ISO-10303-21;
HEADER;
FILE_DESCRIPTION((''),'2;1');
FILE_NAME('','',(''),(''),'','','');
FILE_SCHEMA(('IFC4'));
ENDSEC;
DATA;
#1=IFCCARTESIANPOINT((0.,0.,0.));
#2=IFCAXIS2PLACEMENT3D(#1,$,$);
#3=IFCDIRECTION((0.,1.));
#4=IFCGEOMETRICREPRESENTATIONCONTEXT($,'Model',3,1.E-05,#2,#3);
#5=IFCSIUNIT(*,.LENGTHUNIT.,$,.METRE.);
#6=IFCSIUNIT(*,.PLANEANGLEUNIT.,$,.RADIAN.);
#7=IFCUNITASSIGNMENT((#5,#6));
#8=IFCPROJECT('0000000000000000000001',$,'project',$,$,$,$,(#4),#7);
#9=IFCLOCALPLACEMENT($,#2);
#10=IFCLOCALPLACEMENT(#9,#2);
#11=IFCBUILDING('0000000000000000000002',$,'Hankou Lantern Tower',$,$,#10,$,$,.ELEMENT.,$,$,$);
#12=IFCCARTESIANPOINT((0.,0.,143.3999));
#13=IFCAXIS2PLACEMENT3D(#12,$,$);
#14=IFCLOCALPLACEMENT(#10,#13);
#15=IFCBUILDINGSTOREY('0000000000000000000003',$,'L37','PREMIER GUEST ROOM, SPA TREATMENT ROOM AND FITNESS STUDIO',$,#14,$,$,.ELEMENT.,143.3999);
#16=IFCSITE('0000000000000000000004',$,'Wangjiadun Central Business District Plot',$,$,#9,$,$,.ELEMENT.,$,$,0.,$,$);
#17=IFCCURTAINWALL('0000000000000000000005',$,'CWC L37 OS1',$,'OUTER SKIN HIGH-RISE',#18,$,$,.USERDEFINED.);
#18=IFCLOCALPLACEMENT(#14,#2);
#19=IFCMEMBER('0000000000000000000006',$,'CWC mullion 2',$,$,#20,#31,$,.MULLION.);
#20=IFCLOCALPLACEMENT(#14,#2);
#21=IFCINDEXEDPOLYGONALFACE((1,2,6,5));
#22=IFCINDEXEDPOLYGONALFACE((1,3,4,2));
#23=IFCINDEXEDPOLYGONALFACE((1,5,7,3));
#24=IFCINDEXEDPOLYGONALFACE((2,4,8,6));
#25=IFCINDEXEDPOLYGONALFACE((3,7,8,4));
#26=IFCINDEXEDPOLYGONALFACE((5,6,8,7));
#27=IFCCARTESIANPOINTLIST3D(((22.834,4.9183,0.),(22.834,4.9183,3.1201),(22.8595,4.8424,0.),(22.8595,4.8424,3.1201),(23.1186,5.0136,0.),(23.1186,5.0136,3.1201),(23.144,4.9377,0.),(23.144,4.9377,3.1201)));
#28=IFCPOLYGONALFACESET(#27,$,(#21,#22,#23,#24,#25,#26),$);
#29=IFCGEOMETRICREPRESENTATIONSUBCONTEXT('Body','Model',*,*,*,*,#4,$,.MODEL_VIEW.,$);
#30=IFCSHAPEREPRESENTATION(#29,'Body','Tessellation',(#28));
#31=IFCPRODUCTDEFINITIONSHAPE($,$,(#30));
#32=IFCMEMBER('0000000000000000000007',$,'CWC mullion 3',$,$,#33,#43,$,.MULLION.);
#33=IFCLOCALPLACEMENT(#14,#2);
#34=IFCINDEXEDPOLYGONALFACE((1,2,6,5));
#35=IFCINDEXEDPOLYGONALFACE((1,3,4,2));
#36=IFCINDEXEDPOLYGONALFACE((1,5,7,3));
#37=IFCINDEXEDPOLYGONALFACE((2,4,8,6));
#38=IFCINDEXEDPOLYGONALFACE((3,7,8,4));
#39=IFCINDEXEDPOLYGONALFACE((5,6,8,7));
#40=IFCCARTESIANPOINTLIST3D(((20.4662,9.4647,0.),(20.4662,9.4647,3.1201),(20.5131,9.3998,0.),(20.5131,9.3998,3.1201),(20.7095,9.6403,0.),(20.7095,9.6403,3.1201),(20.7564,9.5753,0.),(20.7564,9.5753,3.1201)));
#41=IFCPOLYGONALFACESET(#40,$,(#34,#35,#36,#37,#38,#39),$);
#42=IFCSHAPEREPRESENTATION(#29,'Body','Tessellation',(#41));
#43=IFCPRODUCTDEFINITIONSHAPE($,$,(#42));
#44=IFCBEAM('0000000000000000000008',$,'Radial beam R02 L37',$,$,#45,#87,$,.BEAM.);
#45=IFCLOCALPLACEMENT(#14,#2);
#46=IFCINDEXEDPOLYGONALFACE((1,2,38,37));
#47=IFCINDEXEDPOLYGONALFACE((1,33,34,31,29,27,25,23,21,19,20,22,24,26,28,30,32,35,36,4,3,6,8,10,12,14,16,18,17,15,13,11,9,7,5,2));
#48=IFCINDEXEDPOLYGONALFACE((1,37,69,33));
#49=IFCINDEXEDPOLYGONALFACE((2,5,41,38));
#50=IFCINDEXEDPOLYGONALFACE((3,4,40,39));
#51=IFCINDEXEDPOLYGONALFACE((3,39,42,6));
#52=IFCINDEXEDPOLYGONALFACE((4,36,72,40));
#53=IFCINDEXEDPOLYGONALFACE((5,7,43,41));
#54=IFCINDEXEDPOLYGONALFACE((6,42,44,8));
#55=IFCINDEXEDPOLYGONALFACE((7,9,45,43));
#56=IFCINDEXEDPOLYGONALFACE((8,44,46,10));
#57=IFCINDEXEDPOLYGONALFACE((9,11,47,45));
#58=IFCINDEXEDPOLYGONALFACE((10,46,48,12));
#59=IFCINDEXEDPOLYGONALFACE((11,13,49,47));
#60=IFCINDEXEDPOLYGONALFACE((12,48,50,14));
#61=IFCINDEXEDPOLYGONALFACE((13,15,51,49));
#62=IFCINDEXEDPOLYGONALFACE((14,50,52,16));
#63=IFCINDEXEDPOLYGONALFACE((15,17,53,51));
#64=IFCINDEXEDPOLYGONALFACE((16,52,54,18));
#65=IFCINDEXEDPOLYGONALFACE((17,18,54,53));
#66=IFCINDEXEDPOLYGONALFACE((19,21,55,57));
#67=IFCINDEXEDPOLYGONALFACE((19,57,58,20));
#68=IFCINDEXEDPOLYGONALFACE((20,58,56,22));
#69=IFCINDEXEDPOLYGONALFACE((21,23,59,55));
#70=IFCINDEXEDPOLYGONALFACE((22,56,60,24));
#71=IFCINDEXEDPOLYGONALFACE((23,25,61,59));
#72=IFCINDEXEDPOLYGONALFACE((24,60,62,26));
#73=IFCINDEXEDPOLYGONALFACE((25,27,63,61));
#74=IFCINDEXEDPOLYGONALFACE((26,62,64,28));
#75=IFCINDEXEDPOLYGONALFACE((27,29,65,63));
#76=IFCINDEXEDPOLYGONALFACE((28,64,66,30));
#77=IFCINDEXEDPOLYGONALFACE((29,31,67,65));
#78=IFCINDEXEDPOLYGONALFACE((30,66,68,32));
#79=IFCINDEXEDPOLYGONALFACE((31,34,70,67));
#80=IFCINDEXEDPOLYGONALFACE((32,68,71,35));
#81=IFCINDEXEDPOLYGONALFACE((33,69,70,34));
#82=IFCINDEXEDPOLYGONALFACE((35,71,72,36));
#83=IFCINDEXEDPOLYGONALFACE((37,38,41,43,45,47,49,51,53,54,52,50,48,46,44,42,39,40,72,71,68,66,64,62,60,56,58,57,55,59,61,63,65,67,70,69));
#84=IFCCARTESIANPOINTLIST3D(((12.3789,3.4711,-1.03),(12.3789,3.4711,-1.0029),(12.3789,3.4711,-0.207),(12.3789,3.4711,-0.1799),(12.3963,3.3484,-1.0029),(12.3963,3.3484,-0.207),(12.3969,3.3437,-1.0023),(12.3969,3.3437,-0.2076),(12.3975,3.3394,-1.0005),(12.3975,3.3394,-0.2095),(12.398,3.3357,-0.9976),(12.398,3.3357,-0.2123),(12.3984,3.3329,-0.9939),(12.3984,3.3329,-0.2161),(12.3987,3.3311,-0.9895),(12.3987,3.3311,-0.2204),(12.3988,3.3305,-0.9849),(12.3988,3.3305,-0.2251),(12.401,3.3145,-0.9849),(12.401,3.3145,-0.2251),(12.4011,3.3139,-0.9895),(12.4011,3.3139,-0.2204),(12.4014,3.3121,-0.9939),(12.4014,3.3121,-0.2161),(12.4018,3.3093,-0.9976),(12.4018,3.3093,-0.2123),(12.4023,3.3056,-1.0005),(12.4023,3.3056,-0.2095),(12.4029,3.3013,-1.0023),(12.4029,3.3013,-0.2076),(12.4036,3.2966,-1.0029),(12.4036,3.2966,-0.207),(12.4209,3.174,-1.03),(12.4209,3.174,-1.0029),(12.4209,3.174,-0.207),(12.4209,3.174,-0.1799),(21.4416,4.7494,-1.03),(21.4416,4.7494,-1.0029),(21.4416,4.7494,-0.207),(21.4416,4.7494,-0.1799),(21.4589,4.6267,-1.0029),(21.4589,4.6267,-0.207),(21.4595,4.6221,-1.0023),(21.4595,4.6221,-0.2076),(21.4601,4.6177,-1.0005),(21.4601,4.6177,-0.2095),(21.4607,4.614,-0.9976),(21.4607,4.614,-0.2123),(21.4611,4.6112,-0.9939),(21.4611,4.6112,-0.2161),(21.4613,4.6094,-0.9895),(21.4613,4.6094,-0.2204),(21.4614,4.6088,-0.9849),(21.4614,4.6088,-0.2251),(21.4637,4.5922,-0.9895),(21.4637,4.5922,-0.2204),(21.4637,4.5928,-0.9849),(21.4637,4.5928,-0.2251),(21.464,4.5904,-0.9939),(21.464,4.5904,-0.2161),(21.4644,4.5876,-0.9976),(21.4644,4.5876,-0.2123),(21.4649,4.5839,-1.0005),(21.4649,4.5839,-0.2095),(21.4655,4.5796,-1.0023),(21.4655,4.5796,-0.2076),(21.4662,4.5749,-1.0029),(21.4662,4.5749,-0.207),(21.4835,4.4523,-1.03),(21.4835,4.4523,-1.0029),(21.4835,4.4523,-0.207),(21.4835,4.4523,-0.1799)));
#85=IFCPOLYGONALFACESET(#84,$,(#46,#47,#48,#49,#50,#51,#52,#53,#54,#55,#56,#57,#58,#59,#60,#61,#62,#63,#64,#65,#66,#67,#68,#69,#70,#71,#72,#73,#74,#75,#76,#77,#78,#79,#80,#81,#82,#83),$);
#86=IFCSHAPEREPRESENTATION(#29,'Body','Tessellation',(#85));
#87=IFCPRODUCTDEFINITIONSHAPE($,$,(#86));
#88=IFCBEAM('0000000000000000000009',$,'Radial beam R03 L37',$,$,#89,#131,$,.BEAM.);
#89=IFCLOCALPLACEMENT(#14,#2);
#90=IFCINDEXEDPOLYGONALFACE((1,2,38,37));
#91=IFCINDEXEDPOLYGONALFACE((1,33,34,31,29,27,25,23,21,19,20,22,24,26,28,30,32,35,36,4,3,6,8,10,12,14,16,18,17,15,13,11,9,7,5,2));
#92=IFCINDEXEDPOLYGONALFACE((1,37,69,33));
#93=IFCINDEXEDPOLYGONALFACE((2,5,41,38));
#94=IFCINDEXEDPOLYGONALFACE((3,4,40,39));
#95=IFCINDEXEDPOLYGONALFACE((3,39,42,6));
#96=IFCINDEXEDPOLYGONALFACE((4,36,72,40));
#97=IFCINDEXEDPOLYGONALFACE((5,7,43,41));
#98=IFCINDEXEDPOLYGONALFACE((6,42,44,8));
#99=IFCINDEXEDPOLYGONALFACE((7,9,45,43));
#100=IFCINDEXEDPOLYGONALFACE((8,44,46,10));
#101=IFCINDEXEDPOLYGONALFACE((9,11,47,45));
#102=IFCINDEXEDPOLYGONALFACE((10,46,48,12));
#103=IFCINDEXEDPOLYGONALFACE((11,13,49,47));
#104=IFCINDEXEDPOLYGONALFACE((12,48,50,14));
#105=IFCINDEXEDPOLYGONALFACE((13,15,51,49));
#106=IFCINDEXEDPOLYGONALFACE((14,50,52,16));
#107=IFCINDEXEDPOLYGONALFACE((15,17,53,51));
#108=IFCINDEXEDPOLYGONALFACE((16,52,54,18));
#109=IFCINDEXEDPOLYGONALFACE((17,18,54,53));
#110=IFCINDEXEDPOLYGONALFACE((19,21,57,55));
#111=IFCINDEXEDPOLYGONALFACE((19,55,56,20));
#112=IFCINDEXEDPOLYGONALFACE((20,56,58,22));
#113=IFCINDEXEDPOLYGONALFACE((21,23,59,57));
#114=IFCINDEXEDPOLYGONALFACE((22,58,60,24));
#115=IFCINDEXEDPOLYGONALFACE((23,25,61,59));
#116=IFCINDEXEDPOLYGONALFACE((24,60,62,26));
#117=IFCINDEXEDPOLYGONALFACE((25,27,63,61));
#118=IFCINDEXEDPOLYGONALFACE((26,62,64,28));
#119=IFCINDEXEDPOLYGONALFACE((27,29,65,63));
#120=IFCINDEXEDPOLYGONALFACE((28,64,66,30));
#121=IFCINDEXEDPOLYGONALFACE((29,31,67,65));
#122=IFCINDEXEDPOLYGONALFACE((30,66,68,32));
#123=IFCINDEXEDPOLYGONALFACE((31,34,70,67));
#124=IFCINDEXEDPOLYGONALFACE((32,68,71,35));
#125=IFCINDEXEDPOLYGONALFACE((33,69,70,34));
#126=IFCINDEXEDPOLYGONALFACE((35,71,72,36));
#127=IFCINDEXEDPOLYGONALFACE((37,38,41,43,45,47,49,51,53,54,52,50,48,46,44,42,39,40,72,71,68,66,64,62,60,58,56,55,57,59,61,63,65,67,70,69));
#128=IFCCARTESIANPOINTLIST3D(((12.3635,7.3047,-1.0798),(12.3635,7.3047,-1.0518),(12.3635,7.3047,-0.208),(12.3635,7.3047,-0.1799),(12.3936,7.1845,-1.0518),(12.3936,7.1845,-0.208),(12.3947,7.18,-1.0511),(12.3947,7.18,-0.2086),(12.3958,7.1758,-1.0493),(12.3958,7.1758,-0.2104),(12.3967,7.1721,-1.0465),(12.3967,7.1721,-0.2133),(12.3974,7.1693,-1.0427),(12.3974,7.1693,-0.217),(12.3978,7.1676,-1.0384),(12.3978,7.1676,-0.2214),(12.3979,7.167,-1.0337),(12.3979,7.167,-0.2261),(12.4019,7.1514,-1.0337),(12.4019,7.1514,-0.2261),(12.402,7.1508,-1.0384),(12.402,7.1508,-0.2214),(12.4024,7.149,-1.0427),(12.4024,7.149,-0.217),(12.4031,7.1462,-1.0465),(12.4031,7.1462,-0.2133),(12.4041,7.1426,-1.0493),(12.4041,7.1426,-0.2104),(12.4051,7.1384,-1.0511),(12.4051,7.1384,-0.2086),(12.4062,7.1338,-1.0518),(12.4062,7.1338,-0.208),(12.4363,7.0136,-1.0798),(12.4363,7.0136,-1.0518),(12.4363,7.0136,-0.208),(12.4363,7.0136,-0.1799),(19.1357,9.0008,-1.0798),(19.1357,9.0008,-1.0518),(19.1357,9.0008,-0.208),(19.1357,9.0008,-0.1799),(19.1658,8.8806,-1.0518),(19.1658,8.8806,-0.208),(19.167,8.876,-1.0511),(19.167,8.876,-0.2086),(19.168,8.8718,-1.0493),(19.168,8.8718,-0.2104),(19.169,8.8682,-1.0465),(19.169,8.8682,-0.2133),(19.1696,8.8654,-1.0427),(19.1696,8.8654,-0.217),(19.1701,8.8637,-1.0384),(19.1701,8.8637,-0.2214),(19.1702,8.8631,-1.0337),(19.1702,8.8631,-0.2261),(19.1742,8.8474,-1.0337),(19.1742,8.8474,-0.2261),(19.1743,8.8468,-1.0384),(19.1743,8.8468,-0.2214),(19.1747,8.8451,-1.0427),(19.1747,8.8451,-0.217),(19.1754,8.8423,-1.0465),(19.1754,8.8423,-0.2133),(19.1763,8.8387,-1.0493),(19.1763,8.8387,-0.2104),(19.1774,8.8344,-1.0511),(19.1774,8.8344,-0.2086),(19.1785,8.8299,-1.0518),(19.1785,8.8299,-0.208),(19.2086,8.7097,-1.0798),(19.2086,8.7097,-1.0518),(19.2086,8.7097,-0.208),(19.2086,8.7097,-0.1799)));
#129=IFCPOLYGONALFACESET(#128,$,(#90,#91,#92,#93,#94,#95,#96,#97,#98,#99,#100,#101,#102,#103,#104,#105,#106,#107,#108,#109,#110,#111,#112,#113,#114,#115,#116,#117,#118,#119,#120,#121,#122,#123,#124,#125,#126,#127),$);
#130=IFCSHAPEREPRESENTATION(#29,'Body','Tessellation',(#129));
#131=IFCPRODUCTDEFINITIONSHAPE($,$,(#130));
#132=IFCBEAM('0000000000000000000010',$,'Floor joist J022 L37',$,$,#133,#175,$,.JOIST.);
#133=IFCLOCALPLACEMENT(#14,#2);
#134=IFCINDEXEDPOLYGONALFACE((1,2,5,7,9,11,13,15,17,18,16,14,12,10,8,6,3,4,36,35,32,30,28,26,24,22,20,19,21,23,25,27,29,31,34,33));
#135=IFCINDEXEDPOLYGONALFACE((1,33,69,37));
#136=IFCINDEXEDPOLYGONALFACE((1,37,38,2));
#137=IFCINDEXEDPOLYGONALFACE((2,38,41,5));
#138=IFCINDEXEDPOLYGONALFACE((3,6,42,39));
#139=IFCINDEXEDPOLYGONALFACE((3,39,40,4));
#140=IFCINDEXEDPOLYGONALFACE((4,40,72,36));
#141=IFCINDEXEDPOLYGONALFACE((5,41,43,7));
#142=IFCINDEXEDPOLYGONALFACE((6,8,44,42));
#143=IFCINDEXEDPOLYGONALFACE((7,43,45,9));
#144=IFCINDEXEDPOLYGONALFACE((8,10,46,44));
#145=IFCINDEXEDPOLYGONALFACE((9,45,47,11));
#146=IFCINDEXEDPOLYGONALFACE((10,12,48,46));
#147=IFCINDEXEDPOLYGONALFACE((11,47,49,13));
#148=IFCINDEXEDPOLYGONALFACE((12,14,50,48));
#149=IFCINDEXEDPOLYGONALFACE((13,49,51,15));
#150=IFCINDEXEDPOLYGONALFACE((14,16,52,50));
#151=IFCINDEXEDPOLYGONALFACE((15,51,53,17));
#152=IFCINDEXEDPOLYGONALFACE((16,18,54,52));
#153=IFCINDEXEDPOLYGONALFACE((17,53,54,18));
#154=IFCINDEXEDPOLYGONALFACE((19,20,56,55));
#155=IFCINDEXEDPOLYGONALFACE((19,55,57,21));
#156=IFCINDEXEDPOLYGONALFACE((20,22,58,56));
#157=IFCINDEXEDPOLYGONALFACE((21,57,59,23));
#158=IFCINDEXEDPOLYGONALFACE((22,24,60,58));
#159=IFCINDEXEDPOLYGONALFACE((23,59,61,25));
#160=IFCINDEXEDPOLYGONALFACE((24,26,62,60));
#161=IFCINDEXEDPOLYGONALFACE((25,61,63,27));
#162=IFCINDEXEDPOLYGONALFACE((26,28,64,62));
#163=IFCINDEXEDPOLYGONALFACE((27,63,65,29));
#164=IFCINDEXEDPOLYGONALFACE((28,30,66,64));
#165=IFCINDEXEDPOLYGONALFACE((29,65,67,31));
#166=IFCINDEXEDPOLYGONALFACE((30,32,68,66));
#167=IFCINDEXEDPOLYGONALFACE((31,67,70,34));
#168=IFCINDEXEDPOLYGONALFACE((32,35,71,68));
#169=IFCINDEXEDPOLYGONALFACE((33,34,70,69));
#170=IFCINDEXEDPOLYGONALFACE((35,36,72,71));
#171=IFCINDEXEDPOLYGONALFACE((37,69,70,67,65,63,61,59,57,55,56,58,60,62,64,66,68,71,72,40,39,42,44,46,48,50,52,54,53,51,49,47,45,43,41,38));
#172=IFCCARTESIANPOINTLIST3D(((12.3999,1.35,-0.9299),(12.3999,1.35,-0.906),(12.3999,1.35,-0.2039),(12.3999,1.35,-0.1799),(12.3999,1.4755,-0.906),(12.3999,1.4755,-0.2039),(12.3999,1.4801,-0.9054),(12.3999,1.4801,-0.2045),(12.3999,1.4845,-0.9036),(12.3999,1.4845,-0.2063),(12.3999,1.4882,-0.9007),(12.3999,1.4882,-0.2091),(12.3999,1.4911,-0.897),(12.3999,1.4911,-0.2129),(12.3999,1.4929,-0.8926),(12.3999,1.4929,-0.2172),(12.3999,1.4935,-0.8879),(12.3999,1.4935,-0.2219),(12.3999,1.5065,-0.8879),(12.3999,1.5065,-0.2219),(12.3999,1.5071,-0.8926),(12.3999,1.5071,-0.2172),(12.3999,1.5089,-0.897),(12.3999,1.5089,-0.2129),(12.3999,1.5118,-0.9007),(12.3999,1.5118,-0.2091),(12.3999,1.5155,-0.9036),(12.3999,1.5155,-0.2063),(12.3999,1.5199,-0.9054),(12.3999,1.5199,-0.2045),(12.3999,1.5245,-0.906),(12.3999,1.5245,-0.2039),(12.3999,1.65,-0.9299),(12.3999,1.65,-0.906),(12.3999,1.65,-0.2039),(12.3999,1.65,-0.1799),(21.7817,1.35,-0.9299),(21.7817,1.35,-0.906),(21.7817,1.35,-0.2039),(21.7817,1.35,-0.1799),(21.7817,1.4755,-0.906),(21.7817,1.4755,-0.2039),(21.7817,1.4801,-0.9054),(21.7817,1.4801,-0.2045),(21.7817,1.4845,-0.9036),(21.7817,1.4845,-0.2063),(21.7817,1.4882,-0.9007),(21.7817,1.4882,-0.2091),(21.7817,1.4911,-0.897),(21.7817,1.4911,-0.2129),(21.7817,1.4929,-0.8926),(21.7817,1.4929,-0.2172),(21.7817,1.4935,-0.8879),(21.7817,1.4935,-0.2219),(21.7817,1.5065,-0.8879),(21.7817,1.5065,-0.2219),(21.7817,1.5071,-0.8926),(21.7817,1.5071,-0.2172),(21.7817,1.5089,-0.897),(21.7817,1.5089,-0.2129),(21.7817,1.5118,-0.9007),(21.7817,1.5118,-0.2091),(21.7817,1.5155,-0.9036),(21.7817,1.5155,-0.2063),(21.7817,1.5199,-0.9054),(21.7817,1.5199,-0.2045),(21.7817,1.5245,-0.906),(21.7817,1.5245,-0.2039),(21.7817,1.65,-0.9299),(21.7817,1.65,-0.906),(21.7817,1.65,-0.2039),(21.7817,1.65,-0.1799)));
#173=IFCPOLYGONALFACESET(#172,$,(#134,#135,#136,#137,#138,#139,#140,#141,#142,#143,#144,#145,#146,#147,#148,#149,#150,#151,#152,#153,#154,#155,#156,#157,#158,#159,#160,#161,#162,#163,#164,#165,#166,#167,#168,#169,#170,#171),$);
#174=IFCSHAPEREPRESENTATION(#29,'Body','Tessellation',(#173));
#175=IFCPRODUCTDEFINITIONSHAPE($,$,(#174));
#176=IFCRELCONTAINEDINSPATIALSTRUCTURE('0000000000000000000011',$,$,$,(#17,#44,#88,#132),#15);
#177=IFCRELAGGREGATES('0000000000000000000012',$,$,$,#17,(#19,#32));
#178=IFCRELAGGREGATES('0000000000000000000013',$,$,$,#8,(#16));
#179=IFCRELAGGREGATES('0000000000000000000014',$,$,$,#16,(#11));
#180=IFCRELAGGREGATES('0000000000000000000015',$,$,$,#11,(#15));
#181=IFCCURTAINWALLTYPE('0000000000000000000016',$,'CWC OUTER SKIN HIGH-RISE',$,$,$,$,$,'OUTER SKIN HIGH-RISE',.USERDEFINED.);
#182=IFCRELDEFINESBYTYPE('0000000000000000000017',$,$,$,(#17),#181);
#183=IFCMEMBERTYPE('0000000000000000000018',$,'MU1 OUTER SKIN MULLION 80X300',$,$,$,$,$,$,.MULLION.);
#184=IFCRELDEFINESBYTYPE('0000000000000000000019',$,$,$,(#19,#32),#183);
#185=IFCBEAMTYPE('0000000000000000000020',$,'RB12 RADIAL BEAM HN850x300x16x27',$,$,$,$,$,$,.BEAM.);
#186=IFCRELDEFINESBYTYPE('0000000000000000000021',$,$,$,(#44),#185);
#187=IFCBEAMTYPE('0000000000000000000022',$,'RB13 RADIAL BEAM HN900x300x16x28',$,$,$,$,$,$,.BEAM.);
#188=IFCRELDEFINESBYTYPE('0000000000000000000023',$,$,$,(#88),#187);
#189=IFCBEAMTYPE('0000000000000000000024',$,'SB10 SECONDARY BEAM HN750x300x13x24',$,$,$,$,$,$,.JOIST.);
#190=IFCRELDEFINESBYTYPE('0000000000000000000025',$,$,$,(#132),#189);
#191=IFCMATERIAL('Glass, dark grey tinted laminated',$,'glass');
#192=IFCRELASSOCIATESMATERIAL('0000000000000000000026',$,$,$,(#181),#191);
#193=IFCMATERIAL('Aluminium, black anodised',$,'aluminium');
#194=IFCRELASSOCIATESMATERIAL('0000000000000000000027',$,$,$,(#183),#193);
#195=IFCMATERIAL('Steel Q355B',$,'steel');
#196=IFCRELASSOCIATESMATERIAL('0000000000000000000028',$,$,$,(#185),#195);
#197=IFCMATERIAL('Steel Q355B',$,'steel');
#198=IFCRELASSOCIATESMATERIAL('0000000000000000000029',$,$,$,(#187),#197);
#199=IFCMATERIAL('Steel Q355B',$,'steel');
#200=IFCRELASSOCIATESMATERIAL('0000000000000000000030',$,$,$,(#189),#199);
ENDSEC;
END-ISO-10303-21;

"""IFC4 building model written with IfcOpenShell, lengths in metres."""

from ifc_helpers import new_model, si_unit, direction, frame, origin, origin_2d, place, context, subcontext, project, spatial, rectangle, i_section, extrude, material, material_profile, profile_set, type_object, element, aggregate, save


model = new_model("IFC4")

# Units and contexts
model_context = context("Model", 3, precision=1e-05, world=origin(), true_north=direction((0.0, 1.0)))
body_context = subcontext(model_context, "Body", "Model", "MODEL_VIEW")
ifc_project = project(units=[si_unit("LENGTHUNIT", "METRE"), si_unit("PLANEANGLEUNIT", "RADIAN")], contexts=[model_context])

# Site, building, storey
site_placement = place(None, origin())
site = spatial("IfcSite", under=ifc_project, at=site_placement, Name="Wangjiadun Central Business District Plot", CompositionType="ELEMENT", RefElevation=0.0)
building_placement = place(site_placement, origin())
building = spatial("IfcBuilding", under=site, at=building_placement, Name="Hankou Lantern Tower", CompositionType="ELEMENT")
storey_placement = place(building_placement, frame((0.0, 0.0, 143.3999)))
storey = spatial("IfcBuildingStorey", under=building, at=storey_placement, Name="L37", Description="PREMIER GUEST ROOM, SPA TREATMENT ROOM AND FITNESS STUDIO", CompositionType="ELEMENT", Elevation=143.3999)

# Curtain wall, members
ifc_material_1 = material(Name="Glass, dark grey tinted laminated", Category="glass")
curtain_wall_type = type_object("IfcCurtainWallType", Name="CWC OUTER SKIN HIGH-RISE", ElementType="OUTER SKIN HIGH-RISE", PredefinedType="USERDEFINED", material=ifc_material_1)
curtain_wall_placement = place(storey_placement, origin())
curtain_wall = element("IfcCurtainWall", 1, at=curtain_wall_placement, inside=storey, type_object=curtain_wall_type, Name="CWC L37 OS1", ObjectType="OUTER SKIN HIGH-RISE", PredefinedType="USERDEFINED")
ifc_material_2 = material(Name="Aluminium, black anodised", Category="aluminium")
ifc_material_profile_1 = material_profile(ifc_material_2, rectangle(XDim=0.0801, YDim=0.3, at=origin_2d()), Name="MU1 80X300")
ifc_profile_set_1 = profile_set([ifc_material_profile_1], Name="Aluminium, black anodised")
member_type_1 = type_object("IfcMemberType", Name="MU1 OUTER SKIN MULLION 80X300", PredefinedType="MULLION", material=ifc_profile_set_1)
member_1_placement = place(storey_placement, frame((22.989, 4.928, 0.0), z_axis=(0.0, 0.0, 1.0), x_axis=(-0.317596, 0.948226, 0.0)))
member_1 = element("IfcMember", 2, at=member_1_placement, type_object=member_type_1, Name="CWC mullion 2", PredefinedType="MULLION", context=body_context, shape_type="SweptSolid", body=[
    extrude(rectangle(XDim=0.0801, YDim=0.3, at=origin_2d()), origin(), (0.0, 0.0, 1.0), 3.1201),
])
member_2_placement = place(storey_placement, frame((20.6113, 9.52, 0.0), z_axis=(0.0, 0.0, 1.0), x_axis=(-0.585206, 0.810885, 0.0)))
member_2 = element("IfcMember", 3, at=member_2_placement, type_object=member_type_1, Name="CWC mullion 3", PredefinedType="MULLION", context=body_context, shape_type="SweptSolid", body=[
    extrude(rectangle(XDim=0.0801, YDim=0.3, at=origin_2d()), origin(), (0.0, 0.0, 1.0), 3.1201),
])

# Beams
ifc_material_3 = material(Name="Steel Q355B", Category="steel")
ifc_material_profile_2 = material_profile(ifc_material_3, i_section(OverallWidth=0.3, OverallDepth=0.8501, WebThickness=0.0161, FlangeThickness=0.0271, FilletRadius=0.0181, at=origin_2d()), Name="HN850x300x16x27")
ifc_profile_set_2 = profile_set([ifc_material_profile_2], Name="Steel Q355B")
beam_type_1 = type_object("IfcBeamType", Name="RB12 RADIAL BEAM HN850x300x16x27", PredefinedType="BEAM", material=ifc_profile_set_2)
beam_1_placement = place(storey_placement, frame((12.3999, 3.3225, -0.605), z_axis=(0.990198, 0.13967, 0.0), x_axis=(-0.13967, 0.990198, 0.0)))
element("IfcBeam", 4, at=beam_1_placement, inside=storey, type_object=beam_type_1, Name="Radial beam R02 L37", PredefinedType="BEAM", context=body_context, shape_type="SweptSolid", body=[
    extrude(i_section(OverallWidth=0.3, OverallDepth=0.8501, WebThickness=0.0161, FlangeThickness=0.0271, FilletRadius=0.0181, at=origin_2d()), origin(), (0.0, 0.0, 1.0), 9.1523),
])
ifc_material_4 = material(Name="Steel Q355B", Category="steel")
ifc_material_profile_3 = material_profile(ifc_material_4, i_section(OverallWidth=0.3, OverallDepth=0.8999, WebThickness=0.0161, FlangeThickness=0.0281, FilletRadius=0.0181, at=origin_2d()), Name="HN900x300x16x28")
ifc_profile_set_3 = profile_set([ifc_material_profile_3], Name="Steel Q355B")
beam_type_2 = type_object("IfcBeamType", Name="RB13 RADIAL BEAM HN900x300x16x28", PredefinedType="BEAM", material=ifc_profile_set_3)
beam_2_placement = place(storey_placement, frame((12.3999, 7.1592, -0.6299), z_axis=(0.970042, 0.242939, 0.0), x_axis=(-0.242939, 0.970042, 0.0)))
element("IfcBeam", 5, at=beam_2_placement, inside=storey, type_object=beam_type_2, Name="Radial beam R03 L37", PredefinedType="BEAM", context=body_context, shape_type="SweptSolid", body=[
    extrude(i_section(OverallWidth=0.3, OverallDepth=0.8999, WebThickness=0.0161, FlangeThickness=0.0281, FilletRadius=0.0181, at=origin_2d()), origin(), (0.0, 0.0, 1.0), 6.9814),
])
ifc_material_5 = material(Name="Steel Q355B", Category="steel")
ifc_material_profile_4 = material_profile(ifc_material_5, i_section(OverallWidth=0.3, OverallDepth=0.75, WebThickness=0.0129, FlangeThickness=0.0239, FilletRadius=0.0181, at=origin_2d()), Name="HN750x300x13x24")
ifc_profile_set_4 = profile_set([ifc_material_profile_4], Name="Steel Q355B")
beam_type_3 = type_object("IfcBeamType", Name="SB10 SECONDARY BEAM HN750x300x13x24", PredefinedType="JOIST", material=ifc_profile_set_4)
beam_3_placement = place(storey_placement, frame((12.3999, 1.5, -0.5549), z_axis=(1.0, 0.0, 0.0), x_axis=(0.0, 1.0, 0.0)))
element("IfcBeam", 6, at=beam_3_placement, inside=storey, type_object=beam_type_3, Name="Floor joist J022 L37", PredefinedType="JOIST", context=body_context, shape_type="SweptSolid", body=[
    extrude(i_section(OverallWidth=0.3, OverallDepth=0.75, WebThickness=0.0129, FlangeThickness=0.0239, FilletRadius=0.0181, at=origin_2d()), origin(), (0.0, 0.0, 1.0), 9.3818),
])

aggregate(curtain_wall, [member_1, member_2])

save(model, "model.ifc")
